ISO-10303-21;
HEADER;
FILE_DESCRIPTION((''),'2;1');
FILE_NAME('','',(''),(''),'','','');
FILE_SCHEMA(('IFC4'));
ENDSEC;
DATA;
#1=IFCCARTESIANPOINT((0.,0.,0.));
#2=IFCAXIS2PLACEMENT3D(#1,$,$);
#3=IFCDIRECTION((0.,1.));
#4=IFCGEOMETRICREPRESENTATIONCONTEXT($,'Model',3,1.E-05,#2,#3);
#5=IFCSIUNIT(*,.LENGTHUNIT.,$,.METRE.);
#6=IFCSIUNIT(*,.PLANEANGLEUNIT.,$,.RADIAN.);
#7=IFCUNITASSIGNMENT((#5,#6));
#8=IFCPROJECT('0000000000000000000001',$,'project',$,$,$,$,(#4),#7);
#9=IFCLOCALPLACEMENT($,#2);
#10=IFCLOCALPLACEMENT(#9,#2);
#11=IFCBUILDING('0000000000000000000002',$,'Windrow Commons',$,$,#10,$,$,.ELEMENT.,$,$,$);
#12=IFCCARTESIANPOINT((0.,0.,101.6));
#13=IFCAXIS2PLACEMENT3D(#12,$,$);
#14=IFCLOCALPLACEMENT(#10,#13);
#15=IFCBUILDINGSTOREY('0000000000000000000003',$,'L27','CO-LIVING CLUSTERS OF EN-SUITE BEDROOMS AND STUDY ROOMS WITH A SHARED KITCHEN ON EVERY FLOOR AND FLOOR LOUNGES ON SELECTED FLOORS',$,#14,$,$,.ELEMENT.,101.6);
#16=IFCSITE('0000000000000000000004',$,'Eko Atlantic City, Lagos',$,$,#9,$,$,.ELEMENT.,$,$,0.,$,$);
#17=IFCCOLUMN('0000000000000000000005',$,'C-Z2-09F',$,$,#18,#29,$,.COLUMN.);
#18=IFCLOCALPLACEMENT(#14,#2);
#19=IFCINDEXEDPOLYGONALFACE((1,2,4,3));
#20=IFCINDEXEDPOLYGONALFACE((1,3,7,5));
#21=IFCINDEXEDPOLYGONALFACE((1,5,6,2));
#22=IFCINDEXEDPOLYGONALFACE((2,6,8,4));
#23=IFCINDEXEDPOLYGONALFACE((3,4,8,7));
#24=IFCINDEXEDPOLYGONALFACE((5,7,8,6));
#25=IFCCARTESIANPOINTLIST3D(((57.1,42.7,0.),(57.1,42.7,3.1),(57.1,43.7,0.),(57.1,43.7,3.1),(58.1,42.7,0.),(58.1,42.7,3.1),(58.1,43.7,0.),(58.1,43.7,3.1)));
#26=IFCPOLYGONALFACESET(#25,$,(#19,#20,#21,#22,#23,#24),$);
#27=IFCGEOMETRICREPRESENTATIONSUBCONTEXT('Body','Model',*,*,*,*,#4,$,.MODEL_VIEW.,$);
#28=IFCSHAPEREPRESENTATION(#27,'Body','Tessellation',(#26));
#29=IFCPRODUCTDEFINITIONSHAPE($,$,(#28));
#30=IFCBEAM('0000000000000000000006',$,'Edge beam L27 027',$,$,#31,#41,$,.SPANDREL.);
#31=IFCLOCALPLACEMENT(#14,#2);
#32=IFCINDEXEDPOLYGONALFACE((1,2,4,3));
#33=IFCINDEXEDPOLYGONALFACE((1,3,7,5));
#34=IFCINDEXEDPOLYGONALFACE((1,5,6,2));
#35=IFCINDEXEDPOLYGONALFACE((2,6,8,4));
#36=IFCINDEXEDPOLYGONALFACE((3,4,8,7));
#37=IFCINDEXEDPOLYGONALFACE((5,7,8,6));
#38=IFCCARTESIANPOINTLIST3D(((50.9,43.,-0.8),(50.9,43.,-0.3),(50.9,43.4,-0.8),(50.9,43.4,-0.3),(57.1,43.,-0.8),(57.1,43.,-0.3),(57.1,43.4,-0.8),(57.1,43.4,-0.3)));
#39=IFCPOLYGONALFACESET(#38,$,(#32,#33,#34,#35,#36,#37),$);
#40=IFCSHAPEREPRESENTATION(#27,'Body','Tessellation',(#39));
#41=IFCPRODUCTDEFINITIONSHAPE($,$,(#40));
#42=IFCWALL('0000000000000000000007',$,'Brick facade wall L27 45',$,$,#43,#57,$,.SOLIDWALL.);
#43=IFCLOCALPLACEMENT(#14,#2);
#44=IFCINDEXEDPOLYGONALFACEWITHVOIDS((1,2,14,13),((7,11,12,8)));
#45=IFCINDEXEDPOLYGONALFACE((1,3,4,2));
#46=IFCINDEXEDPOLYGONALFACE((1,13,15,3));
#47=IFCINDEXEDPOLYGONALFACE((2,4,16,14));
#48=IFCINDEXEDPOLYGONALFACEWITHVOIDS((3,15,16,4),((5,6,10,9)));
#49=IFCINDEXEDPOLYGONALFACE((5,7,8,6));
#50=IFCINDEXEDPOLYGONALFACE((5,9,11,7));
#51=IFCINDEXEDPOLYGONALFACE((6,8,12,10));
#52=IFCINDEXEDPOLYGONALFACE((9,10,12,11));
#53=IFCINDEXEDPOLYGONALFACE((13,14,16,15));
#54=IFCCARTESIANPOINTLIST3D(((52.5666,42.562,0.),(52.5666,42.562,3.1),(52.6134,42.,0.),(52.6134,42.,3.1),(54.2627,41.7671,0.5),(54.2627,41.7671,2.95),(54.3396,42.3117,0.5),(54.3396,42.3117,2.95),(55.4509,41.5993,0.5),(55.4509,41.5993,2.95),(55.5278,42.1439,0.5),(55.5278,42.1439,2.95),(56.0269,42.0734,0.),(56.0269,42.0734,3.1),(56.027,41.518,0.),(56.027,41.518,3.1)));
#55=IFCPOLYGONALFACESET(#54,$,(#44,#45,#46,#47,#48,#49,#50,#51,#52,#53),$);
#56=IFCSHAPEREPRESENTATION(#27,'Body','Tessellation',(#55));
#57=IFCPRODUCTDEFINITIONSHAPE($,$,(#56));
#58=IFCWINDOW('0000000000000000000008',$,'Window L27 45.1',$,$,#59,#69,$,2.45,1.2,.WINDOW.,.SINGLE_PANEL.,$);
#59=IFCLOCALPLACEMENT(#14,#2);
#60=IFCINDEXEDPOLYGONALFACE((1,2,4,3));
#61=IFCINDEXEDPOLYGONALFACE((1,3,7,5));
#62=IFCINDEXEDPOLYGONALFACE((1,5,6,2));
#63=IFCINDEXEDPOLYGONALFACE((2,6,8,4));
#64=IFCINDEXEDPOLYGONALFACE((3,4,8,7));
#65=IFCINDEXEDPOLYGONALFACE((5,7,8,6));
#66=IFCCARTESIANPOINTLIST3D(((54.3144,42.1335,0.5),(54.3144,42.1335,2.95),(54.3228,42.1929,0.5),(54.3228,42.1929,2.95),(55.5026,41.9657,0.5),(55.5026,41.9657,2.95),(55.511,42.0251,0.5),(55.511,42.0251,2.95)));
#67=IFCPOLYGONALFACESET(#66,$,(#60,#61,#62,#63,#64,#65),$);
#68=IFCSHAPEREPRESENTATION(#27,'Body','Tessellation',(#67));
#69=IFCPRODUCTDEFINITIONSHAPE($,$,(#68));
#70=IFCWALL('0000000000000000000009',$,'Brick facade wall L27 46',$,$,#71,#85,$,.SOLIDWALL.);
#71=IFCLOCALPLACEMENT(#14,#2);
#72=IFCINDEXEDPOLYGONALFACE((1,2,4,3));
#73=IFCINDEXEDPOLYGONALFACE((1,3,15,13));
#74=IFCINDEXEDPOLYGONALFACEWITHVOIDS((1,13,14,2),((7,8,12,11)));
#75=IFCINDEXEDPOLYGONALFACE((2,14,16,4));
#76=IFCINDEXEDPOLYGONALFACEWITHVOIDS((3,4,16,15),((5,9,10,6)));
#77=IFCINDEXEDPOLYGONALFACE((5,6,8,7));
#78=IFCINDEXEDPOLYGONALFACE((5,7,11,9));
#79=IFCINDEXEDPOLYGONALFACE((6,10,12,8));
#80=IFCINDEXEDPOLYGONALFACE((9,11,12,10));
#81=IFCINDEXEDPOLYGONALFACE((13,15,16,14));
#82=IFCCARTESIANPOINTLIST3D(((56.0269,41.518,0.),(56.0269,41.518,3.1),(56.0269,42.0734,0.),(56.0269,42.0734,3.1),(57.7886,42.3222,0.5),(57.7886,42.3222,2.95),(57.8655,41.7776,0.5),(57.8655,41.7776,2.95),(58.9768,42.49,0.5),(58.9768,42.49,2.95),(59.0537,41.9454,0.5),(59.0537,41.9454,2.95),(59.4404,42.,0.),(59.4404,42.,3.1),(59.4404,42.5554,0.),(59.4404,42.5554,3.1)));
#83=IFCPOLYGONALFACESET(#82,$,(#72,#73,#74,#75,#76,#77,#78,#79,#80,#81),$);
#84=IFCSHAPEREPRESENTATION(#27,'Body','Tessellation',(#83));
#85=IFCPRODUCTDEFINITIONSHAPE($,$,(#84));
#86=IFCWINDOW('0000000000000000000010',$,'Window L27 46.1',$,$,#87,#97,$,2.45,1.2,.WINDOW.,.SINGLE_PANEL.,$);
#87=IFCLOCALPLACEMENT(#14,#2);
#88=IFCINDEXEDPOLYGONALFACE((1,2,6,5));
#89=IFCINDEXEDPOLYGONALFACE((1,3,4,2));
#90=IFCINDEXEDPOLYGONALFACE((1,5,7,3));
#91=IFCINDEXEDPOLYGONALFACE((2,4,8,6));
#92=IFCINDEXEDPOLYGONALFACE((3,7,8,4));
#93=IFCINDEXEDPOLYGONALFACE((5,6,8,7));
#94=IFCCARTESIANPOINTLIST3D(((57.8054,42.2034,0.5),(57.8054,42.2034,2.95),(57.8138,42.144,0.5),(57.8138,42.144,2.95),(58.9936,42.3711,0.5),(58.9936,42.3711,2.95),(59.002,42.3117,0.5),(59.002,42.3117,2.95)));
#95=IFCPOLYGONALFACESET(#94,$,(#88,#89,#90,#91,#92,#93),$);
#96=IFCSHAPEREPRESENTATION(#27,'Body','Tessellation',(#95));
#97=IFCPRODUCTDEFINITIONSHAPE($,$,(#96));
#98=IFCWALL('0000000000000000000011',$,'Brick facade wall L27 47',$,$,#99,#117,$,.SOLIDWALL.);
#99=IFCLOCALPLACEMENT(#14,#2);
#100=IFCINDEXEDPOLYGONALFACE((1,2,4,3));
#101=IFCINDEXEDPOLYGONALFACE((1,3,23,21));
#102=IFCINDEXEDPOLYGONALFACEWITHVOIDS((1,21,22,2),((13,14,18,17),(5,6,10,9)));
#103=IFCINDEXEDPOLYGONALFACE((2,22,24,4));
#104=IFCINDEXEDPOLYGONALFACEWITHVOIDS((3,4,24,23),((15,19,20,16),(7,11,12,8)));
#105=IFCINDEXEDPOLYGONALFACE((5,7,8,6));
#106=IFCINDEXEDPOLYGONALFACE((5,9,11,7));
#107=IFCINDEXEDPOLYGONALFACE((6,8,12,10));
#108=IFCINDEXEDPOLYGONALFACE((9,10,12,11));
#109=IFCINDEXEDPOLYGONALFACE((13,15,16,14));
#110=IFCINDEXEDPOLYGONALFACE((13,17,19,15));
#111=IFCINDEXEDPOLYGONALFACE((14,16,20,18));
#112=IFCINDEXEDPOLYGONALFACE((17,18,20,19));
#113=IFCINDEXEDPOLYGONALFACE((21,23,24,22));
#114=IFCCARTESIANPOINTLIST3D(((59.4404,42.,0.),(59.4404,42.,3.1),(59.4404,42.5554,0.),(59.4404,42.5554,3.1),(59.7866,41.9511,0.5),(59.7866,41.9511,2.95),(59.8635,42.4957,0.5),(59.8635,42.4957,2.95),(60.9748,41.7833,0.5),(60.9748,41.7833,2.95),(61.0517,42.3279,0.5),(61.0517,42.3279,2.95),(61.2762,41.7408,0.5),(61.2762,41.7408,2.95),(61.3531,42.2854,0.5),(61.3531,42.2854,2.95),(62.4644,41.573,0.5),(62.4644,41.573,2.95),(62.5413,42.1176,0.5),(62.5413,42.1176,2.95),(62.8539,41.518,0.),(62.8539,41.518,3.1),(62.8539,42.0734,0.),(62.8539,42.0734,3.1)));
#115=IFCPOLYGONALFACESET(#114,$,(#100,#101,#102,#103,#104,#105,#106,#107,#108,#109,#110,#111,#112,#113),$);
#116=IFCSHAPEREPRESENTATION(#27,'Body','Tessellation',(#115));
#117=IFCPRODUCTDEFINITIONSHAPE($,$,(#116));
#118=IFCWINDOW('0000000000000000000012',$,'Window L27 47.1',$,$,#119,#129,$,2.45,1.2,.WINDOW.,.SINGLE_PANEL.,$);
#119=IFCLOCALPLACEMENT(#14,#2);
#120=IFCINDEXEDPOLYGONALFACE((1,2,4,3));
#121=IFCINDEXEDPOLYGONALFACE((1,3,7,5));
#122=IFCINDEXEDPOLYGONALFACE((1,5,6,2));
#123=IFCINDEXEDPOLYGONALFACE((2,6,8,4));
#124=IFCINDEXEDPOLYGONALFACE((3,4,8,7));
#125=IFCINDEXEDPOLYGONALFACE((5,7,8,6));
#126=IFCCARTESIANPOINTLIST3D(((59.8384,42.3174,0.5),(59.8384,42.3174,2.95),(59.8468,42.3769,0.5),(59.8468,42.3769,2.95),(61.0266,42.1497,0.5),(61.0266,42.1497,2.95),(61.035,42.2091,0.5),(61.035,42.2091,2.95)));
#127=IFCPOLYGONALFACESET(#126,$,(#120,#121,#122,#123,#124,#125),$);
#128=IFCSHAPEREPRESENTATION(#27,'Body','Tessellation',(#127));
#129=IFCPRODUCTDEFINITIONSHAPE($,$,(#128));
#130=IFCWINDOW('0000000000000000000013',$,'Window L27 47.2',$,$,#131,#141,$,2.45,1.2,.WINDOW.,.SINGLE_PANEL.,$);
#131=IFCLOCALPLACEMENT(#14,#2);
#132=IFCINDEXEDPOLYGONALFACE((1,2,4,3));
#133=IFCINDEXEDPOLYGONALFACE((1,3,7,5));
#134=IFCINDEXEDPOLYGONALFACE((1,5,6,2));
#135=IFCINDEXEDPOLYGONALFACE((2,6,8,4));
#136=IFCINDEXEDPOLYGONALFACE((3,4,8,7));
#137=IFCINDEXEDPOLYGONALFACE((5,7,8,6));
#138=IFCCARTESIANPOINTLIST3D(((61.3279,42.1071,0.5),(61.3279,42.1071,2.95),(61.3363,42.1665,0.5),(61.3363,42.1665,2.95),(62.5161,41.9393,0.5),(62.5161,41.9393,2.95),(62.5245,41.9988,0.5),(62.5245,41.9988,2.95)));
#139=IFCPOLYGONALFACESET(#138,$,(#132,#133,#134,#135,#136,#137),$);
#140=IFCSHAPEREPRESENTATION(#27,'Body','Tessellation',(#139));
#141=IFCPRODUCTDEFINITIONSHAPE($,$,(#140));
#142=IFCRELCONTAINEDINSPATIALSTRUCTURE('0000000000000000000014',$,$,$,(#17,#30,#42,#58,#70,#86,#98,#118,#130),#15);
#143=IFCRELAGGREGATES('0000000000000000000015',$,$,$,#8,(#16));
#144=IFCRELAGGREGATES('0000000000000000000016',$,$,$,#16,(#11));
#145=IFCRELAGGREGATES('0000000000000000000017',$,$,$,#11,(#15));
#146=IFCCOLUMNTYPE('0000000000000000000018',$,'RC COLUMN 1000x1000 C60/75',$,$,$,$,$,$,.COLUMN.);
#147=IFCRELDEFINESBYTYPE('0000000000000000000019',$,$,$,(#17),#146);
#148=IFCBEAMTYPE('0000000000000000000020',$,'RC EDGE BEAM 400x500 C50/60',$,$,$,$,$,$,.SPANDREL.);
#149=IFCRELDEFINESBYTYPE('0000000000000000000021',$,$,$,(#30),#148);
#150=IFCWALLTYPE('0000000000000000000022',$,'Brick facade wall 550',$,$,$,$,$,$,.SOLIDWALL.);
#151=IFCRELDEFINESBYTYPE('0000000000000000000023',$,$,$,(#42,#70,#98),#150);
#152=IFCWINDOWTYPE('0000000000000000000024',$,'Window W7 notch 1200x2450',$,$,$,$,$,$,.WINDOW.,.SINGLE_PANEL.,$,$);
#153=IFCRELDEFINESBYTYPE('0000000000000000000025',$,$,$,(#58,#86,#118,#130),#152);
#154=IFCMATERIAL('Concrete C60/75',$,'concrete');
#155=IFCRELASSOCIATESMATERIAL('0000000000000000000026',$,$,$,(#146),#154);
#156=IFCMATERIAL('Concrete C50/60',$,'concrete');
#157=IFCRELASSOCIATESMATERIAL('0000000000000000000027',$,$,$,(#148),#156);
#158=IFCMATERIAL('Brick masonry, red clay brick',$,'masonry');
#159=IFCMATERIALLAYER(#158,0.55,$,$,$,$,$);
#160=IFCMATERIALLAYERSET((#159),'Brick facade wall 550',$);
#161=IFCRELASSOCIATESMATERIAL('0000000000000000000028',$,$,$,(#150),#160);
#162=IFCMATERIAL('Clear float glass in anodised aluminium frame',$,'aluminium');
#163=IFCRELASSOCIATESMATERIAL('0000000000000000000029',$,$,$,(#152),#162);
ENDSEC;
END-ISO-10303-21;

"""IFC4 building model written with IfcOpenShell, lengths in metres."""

from ifc_helpers import new_model, si_unit, direction, frame, frame_2d, origin, origin_2d, place, context, subcontext, project, spatial, polyline, rectangle, outline, extrude, material, layer, layer_set, material_profile, profile_set, type_object, element, fill, save


model = new_model("IFC4")

# Units and contexts
model_context = context("Model", 3, precision=1e-05, world=origin(), true_north=direction((0.0, 1.0)))
body_context = subcontext(model_context, "Body", "Model", "MODEL_VIEW")
ifc_project = project(units=[si_unit("LENGTHUNIT", "METRE"), si_unit("PLANEANGLEUNIT", "RADIAN")], contexts=[model_context])

# Site, building, storey
site_placement = place(None, origin())
site = spatial("IfcSite", under=ifc_project, at=site_placement, Name="Eko Atlantic City, Lagos", CompositionType="ELEMENT", RefElevation=0.0)
building_placement = place(site_placement, origin())
building = spatial("IfcBuilding", under=site, at=building_placement, Name="Windrow Commons", CompositionType="ELEMENT")
storey_placement = place(building_placement, frame((0.0, 0.0, 101.6)))
storey = spatial("IfcBuildingStorey", under=building, at=storey_placement, Name="L27", Description="CO-LIVING CLUSTERS OF EN-SUITE BEDROOMS AND STUDY ROOMS WITH A SHARED KITCHEN ON EVERY FLOOR AND FLOOR LOUNGES ON SELECTED FLOORS", CompositionType="ELEMENT", Elevation=101.6)

# Column
ifc_material_1 = material(Name="Concrete C60/75", Category="concrete")
ifc_material_profile_1 = material_profile(ifc_material_1, rectangle(XDim=1.0, YDim=1.0, at=origin_2d()))
ifc_profile_set_1 = profile_set([ifc_material_profile_1], Name="Concrete C60/75")
column_type = type_object("IfcColumnType", Name="RC COLUMN 1000x1000 C60/75", PredefinedType="COLUMN", material=ifc_profile_set_1)
column_placement = place(storey_placement, frame((57.6, 43.2, 0.0), z_axis=(0.0, 0.0, 1.0), x_axis=(1.0, 0.0, 0.0)))
element("IfcColumn", 1, at=column_placement, inside=storey, type_object=column_type, Name="C-Z2-09F", PredefinedType="COLUMN", context=body_context, shape_type="SweptSolid", body=[
    extrude(rectangle(XDim=1.0, YDim=1.0, at=origin_2d()), origin(), (0.0, 0.0, 1.0), 3.1),
])

# Beam
ifc_material_2 = material(Name="Concrete C50/60", Category="concrete")
ifc_material_profile_2 = material_profile(ifc_material_2, rectangle(XDim=0.4, YDim=0.5, at=origin_2d()))
ifc_profile_set_2 = profile_set([ifc_material_profile_2], Name="Concrete C50/60")
beam_type = type_object("IfcBeamType", Name="RC EDGE BEAM 400x500 C50/60", PredefinedType="SPANDREL", material=ifc_profile_set_2)
beam_placement = place(storey_placement, frame((57.1, 43.2, -0.55), z_axis=(-1.0, 0.0, 0.0), x_axis=(0.0, -1.0, 0.0)))
element("IfcBeam", 2, at=beam_placement, inside=storey, type_object=beam_type, Name="Edge beam L27 027", PredefinedType="SPANDREL", context=body_context, shape_type="SweptSolid", body=[
    extrude(rectangle(XDim=0.4, YDim=0.5, at=origin_2d()), origin(), (0.0, 0.0, 1.0), 6.2),
])

# Walls, openings, windows
ifc_material_3 = material(Name="Brick masonry, red clay brick", Category="masonry")
ifc_layer_1 = layer(ifc_material_3, 0.55)
ifc_layer_set_1 = layer_set([ifc_layer_1], Name="Brick facade wall 550")
wall_type_1 = type_object("IfcWallType", Name="Brick facade wall 550", PredefinedType="SOLIDWALL", material=ifc_layer_set_1)
wall_1_placement = place(storey_placement, frame((52.59, 42.281, 0.0), z_axis=(0.0, 0.0, 1.0), x_axis=(0.990178, -0.139816, 0.0)))
wall_1 = element("IfcWall", 3, at=wall_1_placement, inside=storey, type_object=wall_type_1, Name="Brick facade wall L27 45", PredefinedType="SOLIDWALL", context=body_context, shape_type="SweptSolid", body=[
    extrude(outline(polyline([(0.0625, -0.275), (3.5099, -0.275), (3.4322, 0.275), (-0.0625, 0.275), (0.0625, -0.275)])), origin(), (0.0, 0.0, 1.0), 3.1),
])
opening_1_placement = place(wall_1_placement, frame((1.7281, 0.0, 0.5)))
opening_1 = element("IfcOpeningElement", 4, at=opening_1_placement, cuts=wall_1, PredefinedType="OPENING", context=body_context, shape_type="SweptSolid", body=[
    extrude(rectangle(XDim=1.2, YDim=2.45, at=frame_2d((0.6, 1.225))), frame((0.0, 0.285, 0.0), z_axis=(0.0, -1.0, 0.0), x_axis=(1.0, 0.0, 0.0)), (0.0, 0.0, 1.0), 0.57),
])
ifc_material_4 = material(Name="Clear float glass in anodised aluminium frame", Category="aluminium")
window_type = type_object("IfcWindowType", Name="Window W7 notch 1200x2450", PartitioningType="SINGLE_PANEL", PredefinedType="WINDOW", material=ifc_material_4)
window_1_placement = place(opening_1_placement, origin())
window_1 = element("IfcWindow", 5, at=window_1_placement, inside=storey, type_object=window_type, Name="Window L27 45.1", OverallHeight=2.45, OverallWidth=1.2, PartitioningType="SINGLE_PANEL", PredefinedType="WINDOW", context=body_context, shape_type="SweptSolid", body=[
    extrude(rectangle(XDim=1.2, YDim=2.45, at=frame_2d((0.6, 1.225))), frame((0.0, 0.155, 0.0), z_axis=(0.0, -1.0, 0.0), x_axis=(1.0, 0.0, 0.0)), (0.0, 0.0, 1.0), 0.06),
])
fill(opening_1, window_1)
wall_2_placement = place(storey_placement, frame((56.0269, 41.7957, 0.0), z_axis=(0.0, 0.0, 1.0), x_axis=(0.990177, 0.139817, 0.0)))
wall_2 = element("IfcWall", 6, at=wall_2_placement, inside=storey, type_object=wall_type_1, Name="Brick facade wall L27 46", PredefinedType="SOLIDWALL", context=body_context, shape_type="SweptSolid", body=[
    extrude(outline(polyline([(-0.0388, -0.275), (3.4085, -0.275), (3.4862, 0.275), (0.0388, 0.275), (-0.0388, -0.275)])), origin(), (0.0, 0.0, 1.0), 3.1),
])
opening_2_placement = place(wall_2_placement, frame((1.818, 0.0, 0.5)))
opening_2 = element("IfcOpeningElement", 7, at=opening_2_placement, cuts=wall_2, PredefinedType="OPENING", context=body_context, shape_type="SweptSolid", body=[
    extrude(rectangle(XDim=1.2, YDim=2.45, at=frame_2d((0.6, 1.225))), frame((0.0, 0.285, 0.0), z_axis=(0.0, -1.0, 0.0), x_axis=(1.0, 0.0, 0.0)), (0.0, 0.0, 1.0), 0.57),
])
window_2_placement = place(opening_2_placement, origin())
window_2 = element("IfcWindow", 8, at=window_2_placement, inside=storey, type_object=window_type, Name="Window L27 46.1", OverallHeight=2.45, OverallWidth=1.2, PartitioningType="SINGLE_PANEL", PredefinedType="WINDOW", context=body_context, shape_type="SweptSolid", body=[
    extrude(rectangle(XDim=1.2, YDim=2.45, at=frame_2d((0.6, 1.225))), frame((0.0, 0.155, 0.0), z_axis=(0.0, -1.0, 0.0), x_axis=(1.0, 0.0, 0.0)), (0.0, 0.0, 1.0), 0.06),
])
fill(opening_2, window_2)

# Wall, openings, windows
wall_3_placement = place(storey_placement, frame((59.4404, 42.2777, 0.0), z_axis=(0.0, 0.0, 1.0), x_axis=(0.990177, -0.139817, 0.0)))
wall_3 = element("IfcWall", 9, at=wall_3_placement, inside=storey, type_object=wall_type_1, Name="Brick facade wall L27 47", PredefinedType="SOLIDWALL", context=body_context, shape_type="SweptSolid", body=[
    extrude(outline(polyline([(0.0388, -0.275), (3.4862, -0.275), (3.4085, 0.275), (-0.0388, 0.275), (0.0388, -0.275)])), origin(), (0.0, 0.0, 1.0), 3.1),
])
opening_3_placement = place(wall_3_placement, frame((0.3885, 0.0, 0.5)))
opening_3 = element("IfcOpeningElement", 10, at=opening_3_placement, cuts=wall_3, PredefinedType="OPENING", context=body_context, shape_type="SweptSolid", body=[
    extrude(rectangle(XDim=1.2, YDim=2.45, at=frame_2d((0.6, 1.225))), frame((0.0, 0.285, 0.0), z_axis=(0.0, -1.0, 0.0), x_axis=(1.0, 0.0, 0.0)), (0.0, 0.0, 1.0), 0.57),
])
opening_4_placement = place(wall_3_placement, frame((1.8928, 0.0, 0.5)))
opening_4 = element("IfcOpeningElement", 11, at=opening_4_placement, cuts=wall_3, PredefinedType="OPENING", context=body_context, shape_type="SweptSolid", body=[
    extrude(rectangle(XDim=1.2, YDim=2.45, at=frame_2d((0.6, 1.225))), frame((0.0, 0.285, 0.0), z_axis=(0.0, -1.0, 0.0), x_axis=(1.0, 0.0, 0.0)), (0.0, 0.0, 1.0), 0.57),
])
window_3_placement = place(opening_3_placement, origin())
window_3 = element("IfcWindow", 12, at=window_3_placement, inside=storey, type_object=window_type, Name="Window L27 47.1", OverallHeight=2.45, OverallWidth=1.2, PartitioningType="SINGLE_PANEL", PredefinedType="WINDOW", context=body_context, shape_type="SweptSolid", body=[
    extrude(rectangle(XDim=1.2, YDim=2.45, at=frame_2d((0.6, 1.225))), frame((0.0, 0.155, 0.0), z_axis=(0.0, -1.0, 0.0), x_axis=(1.0, 0.0, 0.0)), (0.0, 0.0, 1.0), 0.06),
])
fill(opening_3, window_3)
window_4_placement = place(opening_4_placement, origin())
window_4 = element("IfcWindow", 13, at=window_4_placement, inside=storey, type_object=window_type, Name="Window L27 47.2", OverallHeight=2.45, OverallWidth=1.2, PartitioningType="SINGLE_PANEL", PredefinedType="WINDOW", context=body_context, shape_type="SweptSolid", body=[
    extrude(rectangle(XDim=1.2, YDim=2.45, at=frame_2d((0.6, 1.225))), frame((0.0, 0.155, 0.0), z_axis=(0.0, -1.0, 0.0), x_axis=(1.0, 0.0, 0.0)), (0.0, 0.0, 1.0), 0.06),
])
fill(opening_4, window_4)

save(model, "model.ifc")
